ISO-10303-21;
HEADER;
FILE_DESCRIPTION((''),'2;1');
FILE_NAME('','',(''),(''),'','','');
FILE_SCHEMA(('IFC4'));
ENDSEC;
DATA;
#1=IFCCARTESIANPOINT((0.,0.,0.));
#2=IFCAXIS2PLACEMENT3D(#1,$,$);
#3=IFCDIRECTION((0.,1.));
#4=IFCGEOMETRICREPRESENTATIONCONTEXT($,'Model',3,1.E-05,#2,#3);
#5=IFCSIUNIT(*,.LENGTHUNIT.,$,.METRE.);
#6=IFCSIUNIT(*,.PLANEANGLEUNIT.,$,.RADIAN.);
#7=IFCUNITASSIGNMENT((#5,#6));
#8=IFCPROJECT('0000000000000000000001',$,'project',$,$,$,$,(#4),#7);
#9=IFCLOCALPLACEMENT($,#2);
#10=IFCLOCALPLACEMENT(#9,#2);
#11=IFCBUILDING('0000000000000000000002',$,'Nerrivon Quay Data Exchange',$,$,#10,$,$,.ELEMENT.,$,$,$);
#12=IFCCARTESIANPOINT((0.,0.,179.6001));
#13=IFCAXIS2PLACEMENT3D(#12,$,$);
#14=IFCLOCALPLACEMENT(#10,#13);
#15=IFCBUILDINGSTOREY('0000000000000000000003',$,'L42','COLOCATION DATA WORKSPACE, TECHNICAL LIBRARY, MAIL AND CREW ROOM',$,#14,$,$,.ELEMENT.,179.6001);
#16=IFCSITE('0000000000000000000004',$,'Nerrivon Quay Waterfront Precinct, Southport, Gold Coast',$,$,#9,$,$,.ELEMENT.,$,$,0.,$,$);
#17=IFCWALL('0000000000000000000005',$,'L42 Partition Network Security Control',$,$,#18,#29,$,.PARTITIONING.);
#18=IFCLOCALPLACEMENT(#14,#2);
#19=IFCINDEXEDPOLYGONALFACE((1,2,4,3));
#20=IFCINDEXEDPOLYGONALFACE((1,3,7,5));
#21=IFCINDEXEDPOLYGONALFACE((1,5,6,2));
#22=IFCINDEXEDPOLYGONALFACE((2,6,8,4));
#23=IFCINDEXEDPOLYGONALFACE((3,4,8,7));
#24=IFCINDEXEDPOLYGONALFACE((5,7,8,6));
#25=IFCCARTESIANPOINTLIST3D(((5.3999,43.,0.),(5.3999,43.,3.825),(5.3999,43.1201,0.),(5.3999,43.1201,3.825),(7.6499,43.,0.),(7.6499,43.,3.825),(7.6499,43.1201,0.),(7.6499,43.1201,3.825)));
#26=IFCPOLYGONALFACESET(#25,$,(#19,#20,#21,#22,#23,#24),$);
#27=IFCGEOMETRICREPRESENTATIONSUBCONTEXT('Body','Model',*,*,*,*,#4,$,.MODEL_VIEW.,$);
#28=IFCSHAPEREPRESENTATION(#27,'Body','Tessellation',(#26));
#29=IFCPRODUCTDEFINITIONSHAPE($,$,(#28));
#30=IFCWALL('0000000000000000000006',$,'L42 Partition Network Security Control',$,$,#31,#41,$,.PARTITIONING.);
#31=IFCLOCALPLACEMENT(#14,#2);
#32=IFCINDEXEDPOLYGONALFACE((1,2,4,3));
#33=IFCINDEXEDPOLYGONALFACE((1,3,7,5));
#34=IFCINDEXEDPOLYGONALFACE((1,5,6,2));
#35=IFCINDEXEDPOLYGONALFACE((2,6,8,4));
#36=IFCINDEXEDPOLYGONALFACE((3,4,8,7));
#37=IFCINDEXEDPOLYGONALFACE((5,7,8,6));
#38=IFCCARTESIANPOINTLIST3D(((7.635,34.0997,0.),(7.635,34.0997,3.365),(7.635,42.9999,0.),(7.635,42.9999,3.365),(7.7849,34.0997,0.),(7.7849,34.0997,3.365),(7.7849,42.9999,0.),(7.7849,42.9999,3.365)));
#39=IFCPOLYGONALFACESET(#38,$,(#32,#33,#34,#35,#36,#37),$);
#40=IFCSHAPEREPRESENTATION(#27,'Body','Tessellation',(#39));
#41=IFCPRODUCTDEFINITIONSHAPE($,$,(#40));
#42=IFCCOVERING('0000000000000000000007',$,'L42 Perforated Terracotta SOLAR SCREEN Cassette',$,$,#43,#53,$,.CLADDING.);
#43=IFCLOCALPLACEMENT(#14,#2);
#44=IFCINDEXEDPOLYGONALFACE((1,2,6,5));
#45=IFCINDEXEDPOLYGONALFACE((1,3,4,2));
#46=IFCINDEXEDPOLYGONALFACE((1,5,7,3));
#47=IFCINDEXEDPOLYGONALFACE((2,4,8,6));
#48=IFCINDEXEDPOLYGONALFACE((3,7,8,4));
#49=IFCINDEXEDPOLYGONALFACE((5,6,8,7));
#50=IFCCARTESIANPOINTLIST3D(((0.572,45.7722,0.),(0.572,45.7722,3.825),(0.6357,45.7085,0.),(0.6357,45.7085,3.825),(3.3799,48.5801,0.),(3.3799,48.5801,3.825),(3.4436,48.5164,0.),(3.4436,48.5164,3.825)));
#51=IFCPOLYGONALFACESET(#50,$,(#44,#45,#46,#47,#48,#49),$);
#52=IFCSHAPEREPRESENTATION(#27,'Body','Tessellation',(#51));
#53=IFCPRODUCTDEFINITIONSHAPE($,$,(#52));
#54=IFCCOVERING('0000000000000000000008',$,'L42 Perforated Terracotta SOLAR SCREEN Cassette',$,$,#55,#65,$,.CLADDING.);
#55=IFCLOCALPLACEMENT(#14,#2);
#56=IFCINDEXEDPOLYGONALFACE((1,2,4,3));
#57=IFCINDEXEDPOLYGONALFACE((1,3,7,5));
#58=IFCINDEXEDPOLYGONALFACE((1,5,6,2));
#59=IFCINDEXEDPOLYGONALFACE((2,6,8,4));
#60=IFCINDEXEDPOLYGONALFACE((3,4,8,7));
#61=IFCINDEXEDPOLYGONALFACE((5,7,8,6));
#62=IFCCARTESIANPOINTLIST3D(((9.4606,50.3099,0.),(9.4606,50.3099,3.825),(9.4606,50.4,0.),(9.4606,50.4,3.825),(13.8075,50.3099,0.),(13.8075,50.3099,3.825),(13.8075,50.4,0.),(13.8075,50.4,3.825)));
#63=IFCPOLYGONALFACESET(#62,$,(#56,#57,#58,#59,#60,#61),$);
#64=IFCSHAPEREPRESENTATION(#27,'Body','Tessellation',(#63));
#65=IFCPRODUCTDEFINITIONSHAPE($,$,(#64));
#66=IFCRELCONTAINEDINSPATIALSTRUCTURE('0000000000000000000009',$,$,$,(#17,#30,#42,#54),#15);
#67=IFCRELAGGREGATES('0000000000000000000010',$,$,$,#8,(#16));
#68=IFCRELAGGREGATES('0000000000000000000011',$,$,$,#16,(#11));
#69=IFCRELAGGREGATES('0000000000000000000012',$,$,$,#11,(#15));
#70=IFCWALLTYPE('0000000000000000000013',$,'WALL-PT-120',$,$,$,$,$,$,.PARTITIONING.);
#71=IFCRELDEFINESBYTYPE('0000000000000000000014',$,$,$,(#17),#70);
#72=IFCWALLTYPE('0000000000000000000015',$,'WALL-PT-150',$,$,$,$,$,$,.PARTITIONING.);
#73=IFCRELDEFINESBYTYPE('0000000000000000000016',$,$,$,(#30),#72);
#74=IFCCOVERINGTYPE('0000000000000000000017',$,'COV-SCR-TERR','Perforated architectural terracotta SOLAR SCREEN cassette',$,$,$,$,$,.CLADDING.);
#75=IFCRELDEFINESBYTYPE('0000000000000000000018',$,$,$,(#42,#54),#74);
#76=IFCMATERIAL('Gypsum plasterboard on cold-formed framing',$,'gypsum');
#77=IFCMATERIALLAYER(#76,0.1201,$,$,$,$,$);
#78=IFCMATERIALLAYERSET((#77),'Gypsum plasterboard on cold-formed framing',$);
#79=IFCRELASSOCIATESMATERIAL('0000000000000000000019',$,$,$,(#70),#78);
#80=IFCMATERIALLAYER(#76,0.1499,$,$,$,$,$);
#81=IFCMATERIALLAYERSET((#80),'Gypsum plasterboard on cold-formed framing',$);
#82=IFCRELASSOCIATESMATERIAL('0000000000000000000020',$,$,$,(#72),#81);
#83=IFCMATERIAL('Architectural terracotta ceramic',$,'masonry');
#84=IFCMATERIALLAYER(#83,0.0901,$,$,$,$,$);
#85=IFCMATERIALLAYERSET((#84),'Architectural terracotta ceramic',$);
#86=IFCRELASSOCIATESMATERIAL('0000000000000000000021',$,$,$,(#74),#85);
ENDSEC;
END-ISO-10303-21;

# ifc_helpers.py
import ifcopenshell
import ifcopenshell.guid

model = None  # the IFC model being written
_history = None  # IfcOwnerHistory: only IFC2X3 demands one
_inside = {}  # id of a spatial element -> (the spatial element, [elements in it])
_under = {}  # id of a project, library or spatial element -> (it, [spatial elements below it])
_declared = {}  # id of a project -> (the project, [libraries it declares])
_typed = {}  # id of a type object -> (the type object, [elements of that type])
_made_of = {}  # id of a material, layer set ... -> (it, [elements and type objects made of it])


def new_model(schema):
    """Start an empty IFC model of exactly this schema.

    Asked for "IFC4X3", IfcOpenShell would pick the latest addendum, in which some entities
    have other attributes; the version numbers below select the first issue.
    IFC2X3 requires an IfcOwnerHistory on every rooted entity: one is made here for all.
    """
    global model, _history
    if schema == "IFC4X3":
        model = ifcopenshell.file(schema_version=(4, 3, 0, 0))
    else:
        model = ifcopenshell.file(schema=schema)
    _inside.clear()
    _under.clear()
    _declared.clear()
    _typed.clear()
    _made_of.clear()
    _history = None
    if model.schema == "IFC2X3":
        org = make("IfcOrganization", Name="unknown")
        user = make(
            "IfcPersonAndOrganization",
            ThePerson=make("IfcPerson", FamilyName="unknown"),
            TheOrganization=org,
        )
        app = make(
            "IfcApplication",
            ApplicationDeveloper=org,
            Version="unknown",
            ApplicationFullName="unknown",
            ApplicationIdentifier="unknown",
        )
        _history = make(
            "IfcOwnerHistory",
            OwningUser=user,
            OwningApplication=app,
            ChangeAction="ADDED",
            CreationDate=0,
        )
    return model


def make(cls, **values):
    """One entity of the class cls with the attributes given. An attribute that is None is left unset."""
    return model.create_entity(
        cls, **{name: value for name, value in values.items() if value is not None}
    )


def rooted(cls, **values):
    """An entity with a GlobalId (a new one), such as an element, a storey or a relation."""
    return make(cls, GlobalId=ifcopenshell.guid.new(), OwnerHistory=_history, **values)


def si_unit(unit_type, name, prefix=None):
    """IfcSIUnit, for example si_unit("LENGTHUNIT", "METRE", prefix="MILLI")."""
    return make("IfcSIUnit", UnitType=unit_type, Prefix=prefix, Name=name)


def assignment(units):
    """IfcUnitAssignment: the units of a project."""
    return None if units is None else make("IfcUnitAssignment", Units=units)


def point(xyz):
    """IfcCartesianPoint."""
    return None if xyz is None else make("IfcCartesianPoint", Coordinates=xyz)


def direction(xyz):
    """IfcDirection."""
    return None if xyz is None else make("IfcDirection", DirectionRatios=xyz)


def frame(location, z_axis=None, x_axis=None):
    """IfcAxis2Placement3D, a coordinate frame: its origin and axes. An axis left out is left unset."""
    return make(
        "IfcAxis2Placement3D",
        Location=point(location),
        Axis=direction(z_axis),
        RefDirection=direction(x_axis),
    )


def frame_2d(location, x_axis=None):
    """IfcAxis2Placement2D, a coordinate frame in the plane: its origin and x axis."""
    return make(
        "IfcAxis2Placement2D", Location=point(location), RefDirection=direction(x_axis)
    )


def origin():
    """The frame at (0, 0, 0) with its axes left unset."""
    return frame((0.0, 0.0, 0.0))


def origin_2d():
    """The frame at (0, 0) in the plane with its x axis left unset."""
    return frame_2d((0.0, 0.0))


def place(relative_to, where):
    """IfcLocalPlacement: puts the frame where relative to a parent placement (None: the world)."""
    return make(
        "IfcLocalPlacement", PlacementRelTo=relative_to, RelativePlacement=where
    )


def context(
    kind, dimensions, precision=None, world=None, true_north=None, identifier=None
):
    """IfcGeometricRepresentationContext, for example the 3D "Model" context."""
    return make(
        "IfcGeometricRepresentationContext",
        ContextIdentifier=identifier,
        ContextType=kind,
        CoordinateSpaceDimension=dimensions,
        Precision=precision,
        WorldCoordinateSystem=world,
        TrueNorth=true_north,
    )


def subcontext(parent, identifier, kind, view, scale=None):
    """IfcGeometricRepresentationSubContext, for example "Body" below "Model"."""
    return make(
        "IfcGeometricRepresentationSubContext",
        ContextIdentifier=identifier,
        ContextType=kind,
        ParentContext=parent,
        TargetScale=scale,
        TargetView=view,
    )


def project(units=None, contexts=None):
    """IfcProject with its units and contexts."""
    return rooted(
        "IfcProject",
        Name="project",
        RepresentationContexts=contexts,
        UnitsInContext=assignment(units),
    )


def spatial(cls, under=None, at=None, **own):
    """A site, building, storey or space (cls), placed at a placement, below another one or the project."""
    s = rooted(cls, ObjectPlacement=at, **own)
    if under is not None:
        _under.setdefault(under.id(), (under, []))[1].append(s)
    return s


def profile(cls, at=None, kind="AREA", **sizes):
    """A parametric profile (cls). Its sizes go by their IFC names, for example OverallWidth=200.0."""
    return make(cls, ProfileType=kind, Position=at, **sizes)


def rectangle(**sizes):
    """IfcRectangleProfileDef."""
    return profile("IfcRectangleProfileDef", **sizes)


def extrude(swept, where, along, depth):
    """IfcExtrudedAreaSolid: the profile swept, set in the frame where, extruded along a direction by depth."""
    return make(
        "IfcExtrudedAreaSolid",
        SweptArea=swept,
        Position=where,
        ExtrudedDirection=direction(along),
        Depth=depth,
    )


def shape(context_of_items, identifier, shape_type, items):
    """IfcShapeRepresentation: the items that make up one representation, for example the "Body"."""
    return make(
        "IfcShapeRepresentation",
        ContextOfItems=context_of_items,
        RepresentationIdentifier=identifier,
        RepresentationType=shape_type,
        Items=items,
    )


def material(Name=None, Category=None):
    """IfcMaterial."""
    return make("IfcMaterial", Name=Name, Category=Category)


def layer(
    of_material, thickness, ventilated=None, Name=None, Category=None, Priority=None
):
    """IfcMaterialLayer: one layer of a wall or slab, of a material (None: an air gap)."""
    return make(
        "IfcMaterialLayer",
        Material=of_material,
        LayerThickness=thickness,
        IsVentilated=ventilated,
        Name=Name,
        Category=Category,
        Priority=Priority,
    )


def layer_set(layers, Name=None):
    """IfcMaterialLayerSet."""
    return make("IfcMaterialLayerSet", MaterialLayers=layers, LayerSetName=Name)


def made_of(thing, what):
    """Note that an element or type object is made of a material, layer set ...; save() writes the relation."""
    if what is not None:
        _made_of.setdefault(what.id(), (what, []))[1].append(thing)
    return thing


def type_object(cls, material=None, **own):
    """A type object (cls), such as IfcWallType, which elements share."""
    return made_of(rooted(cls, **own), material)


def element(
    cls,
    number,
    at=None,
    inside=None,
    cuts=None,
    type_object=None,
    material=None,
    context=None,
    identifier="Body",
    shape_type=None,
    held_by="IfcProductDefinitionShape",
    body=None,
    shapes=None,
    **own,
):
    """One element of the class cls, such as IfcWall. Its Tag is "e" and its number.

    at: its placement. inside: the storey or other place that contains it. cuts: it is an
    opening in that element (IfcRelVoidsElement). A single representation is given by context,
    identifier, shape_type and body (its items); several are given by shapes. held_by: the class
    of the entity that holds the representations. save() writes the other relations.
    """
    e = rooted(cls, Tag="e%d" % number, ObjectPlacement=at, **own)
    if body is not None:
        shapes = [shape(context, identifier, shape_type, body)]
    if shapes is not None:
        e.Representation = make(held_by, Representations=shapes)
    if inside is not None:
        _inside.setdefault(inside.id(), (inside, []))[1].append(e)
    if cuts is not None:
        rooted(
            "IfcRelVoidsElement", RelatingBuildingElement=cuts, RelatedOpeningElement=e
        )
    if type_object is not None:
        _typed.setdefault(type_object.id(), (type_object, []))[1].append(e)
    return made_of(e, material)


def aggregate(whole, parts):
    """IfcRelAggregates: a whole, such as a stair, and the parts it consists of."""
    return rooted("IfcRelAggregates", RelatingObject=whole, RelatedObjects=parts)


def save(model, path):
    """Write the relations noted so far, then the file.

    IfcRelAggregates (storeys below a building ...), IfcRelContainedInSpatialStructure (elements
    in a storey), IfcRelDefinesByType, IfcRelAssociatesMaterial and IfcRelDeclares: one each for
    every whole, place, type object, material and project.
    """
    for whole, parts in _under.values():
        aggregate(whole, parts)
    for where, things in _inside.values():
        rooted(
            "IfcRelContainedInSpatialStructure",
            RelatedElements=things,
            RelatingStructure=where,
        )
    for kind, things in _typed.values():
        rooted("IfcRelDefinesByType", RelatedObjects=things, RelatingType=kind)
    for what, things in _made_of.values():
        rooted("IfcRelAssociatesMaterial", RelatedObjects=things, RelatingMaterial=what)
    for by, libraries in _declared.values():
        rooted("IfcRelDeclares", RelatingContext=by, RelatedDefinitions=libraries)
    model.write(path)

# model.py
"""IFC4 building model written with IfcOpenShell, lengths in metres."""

from ifc_helpers import new_model, si_unit, direction, frame, frame_2d, origin, origin_2d, place, context, subcontext, project, spatial, rectangle, extrude, material, layer, layer_set, type_object, element, save


model = new_model("IFC4")

# Units and contexts
model_context = context("Model", 3, precision=1e-05, world=origin(), true_north=direction((0.0, 1.0)))
body_context = subcontext(model_context, "Body", "Model", "MODEL_VIEW")
ifc_project = project(units=[si_unit("LENGTHUNIT", "METRE"), si_unit("PLANEANGLEUNIT", "RADIAN")], contexts=[model_context])

# Site, building, storey
site_placement = place(None, origin())
site = spatial("IfcSite", under=ifc_project, at=site_placement, Name="Nerrivon Quay Waterfront Precinct, Southport, Gold Coast", CompositionType="ELEMENT", RefElevation=0.0)
building_placement = place(site_placement, origin())
building = spatial("IfcBuilding", under=site, at=building_placement, Name="Nerrivon Quay Data Exchange", CompositionType="ELEMENT")
storey_placement = place(building_placement, frame((0.0, 0.0, 179.6001)))
storey = spatial("IfcBuildingStorey", under=building, at=storey_placement, Name="L42", Description="COLOCATION DATA WORKSPACE, TECHNICAL LIBRARY, MAIL AND CREW ROOM", CompositionType="ELEMENT", Elevation=179.6001)

# Walls
ifc_material_1 = material(Name="Gypsum plasterboard on cold-formed framing", Category="gypsum")
ifc_layer_1 = layer(ifc_material_1, 0.1201)
ifc_layer_set_1 = layer_set([ifc_layer_1], Name="Gypsum plasterboard on cold-formed framing")
wall_type_1 = type_object("IfcWallType", Name="WALL-PT-120", PredefinedType="PARTITIONING", material=ifc_layer_set_1)
wall_1_placement = place(storey_placement, frame((5.3999, 43.0601, 0.0), z_axis=(0.0, 0.0, 1.0), x_axis=(1.0, 0.0, 0.0)))
element("IfcWall", 1, at=wall_1_placement, inside=storey, type_object=wall_type_1, Name="L42 Partition Network Security Control", PredefinedType="PARTITIONING", context=body_context, shape_type="SweptSolid", body=[
    extrude(rectangle(XDim=2.25, YDim=0.1201, at=frame_2d((1.125, 0.0))), origin(), (0.0, 0.0, 1.0), 3.825),
])
ifc_layer_2 = layer(ifc_material_1, 0.1499)
ifc_layer_set_2 = layer_set([ifc_layer_2], Name="Gypsum plasterboard on cold-formed framing")
wall_type_2 = type_object("IfcWallType", Name="WALL-PT-150", PredefinedType="PARTITIONING", material=ifc_layer_set_2)
wall_2_placement = place(storey_placement, frame((7.71, 43.0, 0.0), z_axis=(0.0, 0.0, 1.0), x_axis=(0.0, -1.0, 0.0)))
element("IfcWall", 2, at=wall_2_placement, inside=storey, type_object=wall_type_2, Name="L42 Partition Network Security Control", PredefinedType="PARTITIONING", context=body_context, shape_type="SweptSolid", body=[
    extrude(rectangle(XDim=8.9001, YDim=0.1499, at=frame_2d((4.4502, 0.0))), origin(), (0.0, 0.0, 1.0), 3.365),
])

# Coverings
ifc_material_2 = material(Name="Architectural terracotta ceramic", Category="masonry")
ifc_layer_3 = layer(ifc_material_2, 0.0901)
ifc_layer_set_3 = layer_set([ifc_layer_3], Name="Architectural terracotta ceramic")
covering_type = type_object("IfcCoveringType", Name="COV-SCR-TERR", Description="Perforated architectural terracotta SOLAR SCREEN cassette", PredefinedType="CLADDING", material=ifc_layer_set_3)
covering_1_placement = place(storey_placement, frame((2.0078, 47.1443, 0.0), z_axis=(0.0, 0.0, 1.0), x_axis=(0.707107, 0.707107, 0.0)))
element("IfcCovering", 3, at=covering_1_placement, inside=storey, type_object=covering_type, Name="L42 Perforated Terracotta SOLAR SCREEN Cassette", PredefinedType="CLADDING", context=body_context, shape_type="SweptSolid", body=[
    extrude(rectangle(XDim=3.9709, YDim=0.0901, at=origin_2d()), origin(), (0.0, 0.0, 1.0), 3.825),
])
covering_2_placement = place(storey_placement, frame((11.634, 50.355, 0.0), z_axis=(0.0, 0.0, 1.0), x_axis=(1.0, 0.0, 0.0)))
element("IfcCovering", 4, at=covering_2_placement, inside=storey, type_object=covering_type, Name="L42 Perforated Terracotta SOLAR SCREEN Cassette", PredefinedType="CLADDING", context=body_context, shape_type="SweptSolid", body=[
    extrude(rectangle(XDim=4.3469, YDim=0.0901, at=origin_2d()), origin(), (0.0, 0.0, 1.0), 3.825),
])

save(model, "model.ifc")
